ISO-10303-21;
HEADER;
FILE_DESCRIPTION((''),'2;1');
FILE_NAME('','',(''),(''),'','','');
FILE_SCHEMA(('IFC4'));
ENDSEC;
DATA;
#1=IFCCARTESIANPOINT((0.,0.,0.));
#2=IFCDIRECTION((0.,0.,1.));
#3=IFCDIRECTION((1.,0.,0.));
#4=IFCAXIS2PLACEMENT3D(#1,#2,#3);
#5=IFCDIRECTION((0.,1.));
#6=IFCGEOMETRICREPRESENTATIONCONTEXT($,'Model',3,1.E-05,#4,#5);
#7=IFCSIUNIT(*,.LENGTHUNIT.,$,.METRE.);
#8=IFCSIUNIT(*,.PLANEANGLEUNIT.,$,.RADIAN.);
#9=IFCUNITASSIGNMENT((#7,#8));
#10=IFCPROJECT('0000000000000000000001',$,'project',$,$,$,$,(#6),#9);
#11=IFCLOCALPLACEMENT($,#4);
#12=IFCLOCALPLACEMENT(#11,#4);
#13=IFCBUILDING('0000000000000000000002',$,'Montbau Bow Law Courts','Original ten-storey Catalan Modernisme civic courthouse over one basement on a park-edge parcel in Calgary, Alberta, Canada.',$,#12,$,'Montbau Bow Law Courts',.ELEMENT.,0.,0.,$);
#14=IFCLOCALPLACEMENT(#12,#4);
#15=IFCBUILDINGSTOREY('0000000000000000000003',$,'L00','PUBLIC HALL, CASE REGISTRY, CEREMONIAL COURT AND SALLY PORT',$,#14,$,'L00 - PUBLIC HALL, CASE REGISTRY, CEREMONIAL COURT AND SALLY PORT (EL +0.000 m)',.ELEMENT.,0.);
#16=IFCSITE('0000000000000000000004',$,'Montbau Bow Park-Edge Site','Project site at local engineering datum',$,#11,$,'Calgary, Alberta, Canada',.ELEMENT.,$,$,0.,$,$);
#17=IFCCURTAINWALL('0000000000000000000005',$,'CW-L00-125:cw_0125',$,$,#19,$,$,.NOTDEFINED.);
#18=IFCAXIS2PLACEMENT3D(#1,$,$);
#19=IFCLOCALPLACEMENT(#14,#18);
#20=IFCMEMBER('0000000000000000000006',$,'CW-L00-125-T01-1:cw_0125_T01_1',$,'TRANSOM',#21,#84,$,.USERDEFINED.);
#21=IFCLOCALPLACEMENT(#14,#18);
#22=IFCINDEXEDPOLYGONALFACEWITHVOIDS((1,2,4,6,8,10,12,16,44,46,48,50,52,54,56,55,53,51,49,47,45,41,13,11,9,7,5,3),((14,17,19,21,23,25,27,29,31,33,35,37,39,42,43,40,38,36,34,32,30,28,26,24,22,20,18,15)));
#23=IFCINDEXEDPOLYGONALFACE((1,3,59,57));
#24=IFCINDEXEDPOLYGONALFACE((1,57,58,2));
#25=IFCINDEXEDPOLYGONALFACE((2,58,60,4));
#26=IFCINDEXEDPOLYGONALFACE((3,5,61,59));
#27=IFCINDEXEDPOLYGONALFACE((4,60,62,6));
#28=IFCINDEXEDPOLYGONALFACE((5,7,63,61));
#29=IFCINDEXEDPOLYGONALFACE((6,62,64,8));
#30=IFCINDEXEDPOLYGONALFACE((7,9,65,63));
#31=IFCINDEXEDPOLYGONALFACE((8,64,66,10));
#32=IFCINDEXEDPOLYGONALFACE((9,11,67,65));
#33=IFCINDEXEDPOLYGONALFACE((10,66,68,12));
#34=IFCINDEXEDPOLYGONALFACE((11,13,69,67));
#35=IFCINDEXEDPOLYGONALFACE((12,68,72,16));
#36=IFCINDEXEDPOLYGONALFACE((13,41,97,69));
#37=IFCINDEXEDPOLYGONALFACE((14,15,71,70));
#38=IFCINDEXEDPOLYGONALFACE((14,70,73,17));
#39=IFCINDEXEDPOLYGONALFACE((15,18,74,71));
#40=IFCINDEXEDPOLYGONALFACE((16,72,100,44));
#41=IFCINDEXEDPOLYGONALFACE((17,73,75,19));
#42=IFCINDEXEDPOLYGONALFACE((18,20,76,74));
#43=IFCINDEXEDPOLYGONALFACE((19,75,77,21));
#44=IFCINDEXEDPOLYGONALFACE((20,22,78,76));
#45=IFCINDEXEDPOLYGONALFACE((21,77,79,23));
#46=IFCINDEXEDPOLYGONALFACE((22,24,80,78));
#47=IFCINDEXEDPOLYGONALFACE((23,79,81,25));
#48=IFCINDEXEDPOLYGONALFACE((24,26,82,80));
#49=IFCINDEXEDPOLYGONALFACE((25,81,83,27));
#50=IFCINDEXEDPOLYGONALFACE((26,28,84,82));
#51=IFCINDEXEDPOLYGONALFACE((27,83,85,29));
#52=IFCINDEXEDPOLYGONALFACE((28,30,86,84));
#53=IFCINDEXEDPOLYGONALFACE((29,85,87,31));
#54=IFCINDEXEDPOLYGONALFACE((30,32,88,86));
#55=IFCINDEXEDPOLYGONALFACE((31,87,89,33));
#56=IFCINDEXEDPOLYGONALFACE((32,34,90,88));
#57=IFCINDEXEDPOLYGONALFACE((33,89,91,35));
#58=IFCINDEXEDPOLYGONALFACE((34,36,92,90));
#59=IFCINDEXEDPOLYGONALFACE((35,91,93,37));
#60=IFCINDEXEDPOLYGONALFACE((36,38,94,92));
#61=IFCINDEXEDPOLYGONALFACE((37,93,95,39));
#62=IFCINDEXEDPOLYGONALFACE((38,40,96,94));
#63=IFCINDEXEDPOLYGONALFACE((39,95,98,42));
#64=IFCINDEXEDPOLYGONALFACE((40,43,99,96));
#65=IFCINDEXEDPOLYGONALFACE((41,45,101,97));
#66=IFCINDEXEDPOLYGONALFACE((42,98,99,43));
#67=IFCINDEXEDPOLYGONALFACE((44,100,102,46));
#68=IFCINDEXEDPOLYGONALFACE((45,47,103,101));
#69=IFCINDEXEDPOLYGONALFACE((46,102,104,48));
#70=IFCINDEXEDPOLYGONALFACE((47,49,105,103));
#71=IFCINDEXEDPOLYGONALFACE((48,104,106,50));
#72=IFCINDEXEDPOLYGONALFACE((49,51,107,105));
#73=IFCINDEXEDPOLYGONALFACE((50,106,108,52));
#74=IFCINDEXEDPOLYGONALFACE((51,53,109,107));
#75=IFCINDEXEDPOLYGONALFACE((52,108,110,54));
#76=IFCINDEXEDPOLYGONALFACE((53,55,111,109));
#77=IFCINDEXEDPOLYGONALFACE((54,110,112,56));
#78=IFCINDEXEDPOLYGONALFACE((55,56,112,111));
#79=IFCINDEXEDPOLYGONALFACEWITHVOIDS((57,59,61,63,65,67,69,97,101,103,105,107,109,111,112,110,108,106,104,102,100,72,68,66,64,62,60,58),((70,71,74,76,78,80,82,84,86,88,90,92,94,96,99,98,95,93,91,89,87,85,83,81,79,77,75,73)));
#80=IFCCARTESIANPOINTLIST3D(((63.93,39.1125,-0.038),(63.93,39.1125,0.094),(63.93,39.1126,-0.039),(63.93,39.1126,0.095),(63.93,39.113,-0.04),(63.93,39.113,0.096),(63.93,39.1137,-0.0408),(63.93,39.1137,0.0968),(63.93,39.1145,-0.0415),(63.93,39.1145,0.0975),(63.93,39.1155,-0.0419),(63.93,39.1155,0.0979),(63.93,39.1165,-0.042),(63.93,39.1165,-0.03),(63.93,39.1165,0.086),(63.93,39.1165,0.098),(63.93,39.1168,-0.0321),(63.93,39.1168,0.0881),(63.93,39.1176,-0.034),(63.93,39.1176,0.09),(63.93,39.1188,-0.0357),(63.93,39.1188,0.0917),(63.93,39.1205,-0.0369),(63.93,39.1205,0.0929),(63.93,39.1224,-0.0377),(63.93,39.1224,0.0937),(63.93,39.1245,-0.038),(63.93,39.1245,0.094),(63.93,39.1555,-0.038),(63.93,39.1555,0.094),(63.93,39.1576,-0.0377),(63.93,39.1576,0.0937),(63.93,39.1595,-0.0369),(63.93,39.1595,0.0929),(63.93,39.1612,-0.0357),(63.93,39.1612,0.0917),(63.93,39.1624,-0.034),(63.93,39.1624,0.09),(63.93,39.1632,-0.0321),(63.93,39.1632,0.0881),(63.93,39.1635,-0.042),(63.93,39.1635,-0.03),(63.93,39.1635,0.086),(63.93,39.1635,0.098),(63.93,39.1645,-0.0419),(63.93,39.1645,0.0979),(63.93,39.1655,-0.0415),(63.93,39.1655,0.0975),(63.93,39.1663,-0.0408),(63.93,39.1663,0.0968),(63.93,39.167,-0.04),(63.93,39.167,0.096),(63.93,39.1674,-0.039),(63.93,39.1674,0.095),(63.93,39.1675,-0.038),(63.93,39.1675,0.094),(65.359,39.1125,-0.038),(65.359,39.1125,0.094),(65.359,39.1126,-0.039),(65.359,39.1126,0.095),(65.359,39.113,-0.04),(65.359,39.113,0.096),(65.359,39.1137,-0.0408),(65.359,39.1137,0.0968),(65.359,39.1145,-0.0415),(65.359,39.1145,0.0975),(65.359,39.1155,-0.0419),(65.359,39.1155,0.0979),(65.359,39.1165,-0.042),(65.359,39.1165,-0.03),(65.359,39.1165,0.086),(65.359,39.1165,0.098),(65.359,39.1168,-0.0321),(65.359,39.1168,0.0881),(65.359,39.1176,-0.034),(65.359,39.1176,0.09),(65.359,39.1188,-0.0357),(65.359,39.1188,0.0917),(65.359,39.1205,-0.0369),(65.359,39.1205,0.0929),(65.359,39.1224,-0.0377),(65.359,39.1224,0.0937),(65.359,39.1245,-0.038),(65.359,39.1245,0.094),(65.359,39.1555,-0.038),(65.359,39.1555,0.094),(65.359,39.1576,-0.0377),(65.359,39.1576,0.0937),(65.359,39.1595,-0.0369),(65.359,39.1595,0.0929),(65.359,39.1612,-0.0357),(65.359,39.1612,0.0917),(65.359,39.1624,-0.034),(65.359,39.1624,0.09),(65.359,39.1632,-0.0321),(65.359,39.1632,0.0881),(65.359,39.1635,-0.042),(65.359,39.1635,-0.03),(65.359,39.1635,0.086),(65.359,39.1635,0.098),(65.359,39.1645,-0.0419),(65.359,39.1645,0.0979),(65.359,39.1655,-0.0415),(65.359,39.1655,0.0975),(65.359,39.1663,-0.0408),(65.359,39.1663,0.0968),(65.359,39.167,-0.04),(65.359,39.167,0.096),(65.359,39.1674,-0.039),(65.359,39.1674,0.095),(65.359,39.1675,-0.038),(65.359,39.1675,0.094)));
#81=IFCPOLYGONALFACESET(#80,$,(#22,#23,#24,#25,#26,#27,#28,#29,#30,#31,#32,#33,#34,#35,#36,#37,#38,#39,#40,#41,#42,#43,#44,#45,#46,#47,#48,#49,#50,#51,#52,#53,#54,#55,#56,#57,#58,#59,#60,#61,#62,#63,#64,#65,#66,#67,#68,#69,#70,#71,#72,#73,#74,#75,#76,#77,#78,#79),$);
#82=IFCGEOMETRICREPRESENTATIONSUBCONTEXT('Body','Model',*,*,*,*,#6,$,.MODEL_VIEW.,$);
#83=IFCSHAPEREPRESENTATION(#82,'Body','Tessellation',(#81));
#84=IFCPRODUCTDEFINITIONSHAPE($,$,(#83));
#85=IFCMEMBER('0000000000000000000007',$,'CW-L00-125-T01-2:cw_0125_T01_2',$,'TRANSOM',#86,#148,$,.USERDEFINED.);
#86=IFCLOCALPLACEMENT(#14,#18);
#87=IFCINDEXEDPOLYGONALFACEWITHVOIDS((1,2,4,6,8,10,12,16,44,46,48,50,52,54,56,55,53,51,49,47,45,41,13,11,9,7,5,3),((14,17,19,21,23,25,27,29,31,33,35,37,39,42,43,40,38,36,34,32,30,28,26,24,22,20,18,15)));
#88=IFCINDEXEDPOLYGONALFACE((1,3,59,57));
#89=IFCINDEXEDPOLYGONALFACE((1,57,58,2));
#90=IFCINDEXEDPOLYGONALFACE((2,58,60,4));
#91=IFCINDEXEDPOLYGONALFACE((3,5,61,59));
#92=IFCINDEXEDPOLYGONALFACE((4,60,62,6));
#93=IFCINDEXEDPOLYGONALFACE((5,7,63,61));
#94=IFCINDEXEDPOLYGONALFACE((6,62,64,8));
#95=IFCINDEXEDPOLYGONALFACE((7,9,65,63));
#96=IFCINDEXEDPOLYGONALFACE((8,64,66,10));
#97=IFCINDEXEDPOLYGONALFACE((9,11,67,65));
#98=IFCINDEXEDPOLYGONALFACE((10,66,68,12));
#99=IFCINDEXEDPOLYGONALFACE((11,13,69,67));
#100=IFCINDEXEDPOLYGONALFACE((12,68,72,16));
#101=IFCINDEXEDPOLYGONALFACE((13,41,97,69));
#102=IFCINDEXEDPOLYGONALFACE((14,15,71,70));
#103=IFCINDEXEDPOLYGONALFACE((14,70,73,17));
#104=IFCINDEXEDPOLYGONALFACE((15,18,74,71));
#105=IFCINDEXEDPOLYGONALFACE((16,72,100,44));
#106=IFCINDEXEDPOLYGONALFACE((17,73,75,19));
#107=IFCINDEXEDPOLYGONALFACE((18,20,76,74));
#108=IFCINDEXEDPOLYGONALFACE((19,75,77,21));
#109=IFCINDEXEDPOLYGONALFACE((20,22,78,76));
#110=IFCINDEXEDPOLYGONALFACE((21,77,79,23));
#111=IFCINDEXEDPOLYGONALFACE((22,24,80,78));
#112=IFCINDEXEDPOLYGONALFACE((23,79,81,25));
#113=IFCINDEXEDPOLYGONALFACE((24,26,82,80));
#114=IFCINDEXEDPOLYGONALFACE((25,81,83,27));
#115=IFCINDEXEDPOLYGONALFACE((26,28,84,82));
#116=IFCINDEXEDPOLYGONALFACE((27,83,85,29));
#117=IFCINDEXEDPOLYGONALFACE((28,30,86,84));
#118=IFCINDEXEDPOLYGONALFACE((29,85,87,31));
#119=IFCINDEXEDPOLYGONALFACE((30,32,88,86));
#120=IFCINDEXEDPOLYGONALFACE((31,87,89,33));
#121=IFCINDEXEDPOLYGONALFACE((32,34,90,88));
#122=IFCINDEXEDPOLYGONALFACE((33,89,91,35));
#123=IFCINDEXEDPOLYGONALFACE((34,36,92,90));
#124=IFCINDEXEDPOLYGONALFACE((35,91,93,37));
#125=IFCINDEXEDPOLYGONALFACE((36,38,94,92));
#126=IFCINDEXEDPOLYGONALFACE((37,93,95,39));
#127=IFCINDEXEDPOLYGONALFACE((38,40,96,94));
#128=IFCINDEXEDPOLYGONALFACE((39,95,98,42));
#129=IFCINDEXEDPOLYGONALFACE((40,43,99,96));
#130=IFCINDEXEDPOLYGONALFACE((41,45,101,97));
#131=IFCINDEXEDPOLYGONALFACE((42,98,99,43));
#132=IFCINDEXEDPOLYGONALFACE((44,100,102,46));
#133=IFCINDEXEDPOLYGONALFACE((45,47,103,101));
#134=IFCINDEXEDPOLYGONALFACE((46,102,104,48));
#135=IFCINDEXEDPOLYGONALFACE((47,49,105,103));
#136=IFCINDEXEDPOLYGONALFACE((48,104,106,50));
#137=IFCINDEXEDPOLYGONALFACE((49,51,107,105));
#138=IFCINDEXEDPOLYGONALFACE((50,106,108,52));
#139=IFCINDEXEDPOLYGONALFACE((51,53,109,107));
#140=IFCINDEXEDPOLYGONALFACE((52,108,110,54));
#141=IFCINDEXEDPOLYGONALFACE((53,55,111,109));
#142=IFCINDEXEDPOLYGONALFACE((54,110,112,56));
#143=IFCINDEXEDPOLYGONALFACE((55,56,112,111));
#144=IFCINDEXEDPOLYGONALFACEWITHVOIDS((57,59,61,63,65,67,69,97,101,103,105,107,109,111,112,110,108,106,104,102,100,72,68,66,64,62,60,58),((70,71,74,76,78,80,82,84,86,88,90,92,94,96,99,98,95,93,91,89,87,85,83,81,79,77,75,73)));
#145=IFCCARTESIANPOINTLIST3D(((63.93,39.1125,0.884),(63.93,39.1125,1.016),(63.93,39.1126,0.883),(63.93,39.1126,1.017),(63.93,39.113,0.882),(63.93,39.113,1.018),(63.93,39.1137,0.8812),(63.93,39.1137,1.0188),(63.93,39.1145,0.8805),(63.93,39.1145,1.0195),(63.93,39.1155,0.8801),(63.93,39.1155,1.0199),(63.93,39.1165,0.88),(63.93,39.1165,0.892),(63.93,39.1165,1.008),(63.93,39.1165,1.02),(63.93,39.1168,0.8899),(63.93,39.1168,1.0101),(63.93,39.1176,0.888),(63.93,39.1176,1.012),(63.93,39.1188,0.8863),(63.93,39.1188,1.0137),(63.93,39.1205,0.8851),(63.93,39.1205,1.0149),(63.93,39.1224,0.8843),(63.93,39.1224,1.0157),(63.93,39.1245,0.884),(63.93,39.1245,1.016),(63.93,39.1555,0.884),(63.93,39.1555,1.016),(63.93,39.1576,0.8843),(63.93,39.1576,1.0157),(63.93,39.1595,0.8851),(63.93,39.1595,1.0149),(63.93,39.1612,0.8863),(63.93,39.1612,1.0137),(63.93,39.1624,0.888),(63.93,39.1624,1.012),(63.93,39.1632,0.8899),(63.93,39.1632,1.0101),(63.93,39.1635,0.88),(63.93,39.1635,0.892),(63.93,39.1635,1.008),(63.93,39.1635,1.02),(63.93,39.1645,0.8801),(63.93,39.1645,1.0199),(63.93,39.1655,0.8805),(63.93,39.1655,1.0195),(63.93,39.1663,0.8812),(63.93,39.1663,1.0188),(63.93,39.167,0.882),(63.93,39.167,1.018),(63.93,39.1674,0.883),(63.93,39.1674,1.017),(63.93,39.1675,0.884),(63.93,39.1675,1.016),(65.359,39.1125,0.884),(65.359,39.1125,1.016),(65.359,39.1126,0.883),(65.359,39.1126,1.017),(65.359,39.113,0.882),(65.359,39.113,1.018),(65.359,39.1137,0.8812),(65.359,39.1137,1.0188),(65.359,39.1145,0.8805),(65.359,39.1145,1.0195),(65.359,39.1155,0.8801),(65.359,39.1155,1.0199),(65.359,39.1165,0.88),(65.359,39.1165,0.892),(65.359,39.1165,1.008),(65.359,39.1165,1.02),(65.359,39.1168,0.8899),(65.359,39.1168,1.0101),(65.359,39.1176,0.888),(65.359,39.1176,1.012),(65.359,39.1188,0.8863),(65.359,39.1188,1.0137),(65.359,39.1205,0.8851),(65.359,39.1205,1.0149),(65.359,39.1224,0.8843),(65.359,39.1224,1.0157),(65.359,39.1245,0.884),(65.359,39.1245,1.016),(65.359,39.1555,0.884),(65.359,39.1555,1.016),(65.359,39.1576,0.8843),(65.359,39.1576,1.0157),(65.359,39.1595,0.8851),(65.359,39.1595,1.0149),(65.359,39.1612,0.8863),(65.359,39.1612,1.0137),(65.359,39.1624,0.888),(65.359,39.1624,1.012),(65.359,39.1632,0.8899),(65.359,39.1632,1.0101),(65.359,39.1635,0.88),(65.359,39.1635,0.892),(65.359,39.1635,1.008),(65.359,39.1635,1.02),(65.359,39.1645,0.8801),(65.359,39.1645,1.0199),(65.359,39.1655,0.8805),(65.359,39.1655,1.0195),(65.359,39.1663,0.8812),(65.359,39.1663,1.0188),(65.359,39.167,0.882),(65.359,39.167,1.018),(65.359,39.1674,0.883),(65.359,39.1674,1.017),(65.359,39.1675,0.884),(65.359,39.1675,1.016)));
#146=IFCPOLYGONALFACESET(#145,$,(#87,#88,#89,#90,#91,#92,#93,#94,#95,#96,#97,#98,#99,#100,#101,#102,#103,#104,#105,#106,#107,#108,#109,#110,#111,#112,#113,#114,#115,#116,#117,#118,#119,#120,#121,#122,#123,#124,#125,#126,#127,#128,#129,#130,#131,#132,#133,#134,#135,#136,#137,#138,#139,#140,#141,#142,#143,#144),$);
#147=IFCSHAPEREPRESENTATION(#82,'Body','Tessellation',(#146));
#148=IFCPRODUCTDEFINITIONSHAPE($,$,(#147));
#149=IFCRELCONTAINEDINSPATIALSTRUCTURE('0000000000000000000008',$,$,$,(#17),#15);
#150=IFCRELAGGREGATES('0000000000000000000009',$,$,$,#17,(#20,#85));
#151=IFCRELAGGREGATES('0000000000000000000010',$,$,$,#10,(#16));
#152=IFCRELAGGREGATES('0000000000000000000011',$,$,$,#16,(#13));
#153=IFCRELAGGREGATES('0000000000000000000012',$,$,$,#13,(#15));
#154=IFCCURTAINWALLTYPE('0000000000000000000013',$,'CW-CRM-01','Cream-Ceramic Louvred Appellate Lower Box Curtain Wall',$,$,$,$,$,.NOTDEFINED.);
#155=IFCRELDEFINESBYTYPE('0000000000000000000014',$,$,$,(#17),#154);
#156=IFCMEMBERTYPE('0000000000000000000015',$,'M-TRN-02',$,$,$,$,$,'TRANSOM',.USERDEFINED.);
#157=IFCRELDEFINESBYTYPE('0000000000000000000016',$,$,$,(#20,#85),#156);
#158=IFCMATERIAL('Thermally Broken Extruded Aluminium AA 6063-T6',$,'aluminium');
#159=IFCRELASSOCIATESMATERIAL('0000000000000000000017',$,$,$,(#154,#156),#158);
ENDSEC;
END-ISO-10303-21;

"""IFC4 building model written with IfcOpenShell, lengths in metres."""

from ifc_helpers import new_model, si_unit, direction, frame, origin_with_axes, origin_2d_with_axis, place, context, subcontext, project, spatial, hollow_rectangle, extrude, material, material_profile, profile_set, type_object, element, aggregate, save


model = new_model("IFC4")

# Units and contexts
model_context = context("Model", 3, precision=1e-05, world=origin_with_axes(), true_north=direction((0.0, 1.0)))
body_context = subcontext(model_context, "Body", "Model", "MODEL_VIEW")
ifc_project = project(units=[si_unit("LENGTHUNIT", "METRE"), si_unit("PLANEANGLEUNIT", "RADIAN")], contexts=[model_context])

# Site, building, storey
site_placement = place(None, origin_with_axes())
site = spatial("IfcSite", under=ifc_project, at=site_placement, Name="Montbau Bow Park-Edge Site", Description="Project site at local engineering datum", LongName="Calgary, Alberta, Canada", CompositionType="ELEMENT", RefElevation=0.0)
building_placement = place(site_placement, origin_with_axes())
building = spatial("IfcBuilding", under=site, at=building_placement, Name="Montbau Bow Law Courts", Description="Original ten-storey Catalan Modernisme civic courthouse over one basement on a park-edge parcel in Calgary, Alberta, Canada.", LongName="Montbau Bow Law Courts", CompositionType="ELEMENT", ElevationOfRefHeight=0.0, ElevationOfTerrain=0.0)
storey_placement = place(building_placement, origin_with_axes())
storey = spatial("IfcBuildingStorey", under=building, at=storey_placement, Name="L00", Description="PUBLIC HALL, CASE REGISTRY, CEREMONIAL COURT AND SALLY PORT", LongName="L00 - PUBLIC HALL, CASE REGISTRY, CEREMONIAL COURT AND SALLY PORT (EL +0.000 m)", CompositionType="ELEMENT", Elevation=0.0)

# Shared definitions
ifc_material_1 = material(Name="Thermally Broken Extruded Aluminium AA 6063-T6", Category="aluminium")
curtain_wall_type = type_object("IfcCurtainWallType", Name="CW-CRM-01", Description="Cream-Ceramic Louvred Appellate Lower Box Curtain Wall", PredefinedType="NOTDEFINED", material=ifc_material_1)

# Curtain wall
curtain_wall_1_placement = place(None, frame((63.868, 39.14, 0.0), z_axis=(0.0, 0.0, 1.0), x_axis=(1.0, 0.0, 0.0)))
curtain_wall_1 = element("IfcCurtainWall", 1, at=curtain_wall_1_placement, inside=storey, type_object=curtain_wall_type, Name="CW-L00-125:cw_0125", PredefinedType="NOTDEFINED")

# Members
ifc_material_profile_1 = material_profile(ifc_material_1, hollow_rectangle(XDim=0.055, YDim=0.14, WallThickness=0.004, InnerFilletRadius=0.008, OuterFilletRadius=0.004, at=origin_2d_with_axis()), Name="CWT-140X55", Category="Main", Priority=0)
ifc_profile_set_1 = profile_set([ifc_material_profile_1], Name="Thermally Broken Extruded Aluminium AA 6063-T6")
member_type_1 = type_object("IfcMemberType", Name="M-TRN-02", ElementType="TRANSOM", PredefinedType="USERDEFINED", material=ifc_profile_set_1)
member_1_placement = place(None, frame((63.93, 39.14, 0.028), z_axis=(1.0, 0.0, 0.0), x_axis=(0.0, 1.0, 0.0)))
member_1 = element("IfcMember", 2, at=member_1_placement, type_object=member_type_1, Name="CW-L00-125-T01-1:cw_0125_T01_1", ObjectType="TRANSOM", PredefinedType="USERDEFINED", context=body_context, shape_type="SweptSolid", body=[
    extrude(hollow_rectangle(XDim=0.055, YDim=0.14, WallThickness=0.004, InnerFilletRadius=0.008, OuterFilletRadius=0.004, at=origin_2d_with_axis()), origin_with_axes(), (0.0, 0.0, 1.0), 1.429),
])
member_2_placement = place(None, frame((63.93, 39.14, 0.95), z_axis=(1.0, 0.0, 0.0), x_axis=(0.0, 1.0, 0.0)))
member_2 = element("IfcMember", 3, at=member_2_placement, type_object=member_type_1, Name="CW-L00-125-T01-2:cw_0125_T01_2", ObjectType="TRANSOM", PredefinedType="USERDEFINED", context=body_context, shape_type="SweptSolid", body=[
    extrude(hollow_rectangle(XDim=0.055, YDim=0.14, WallThickness=0.004, InnerFilletRadius=0.008, OuterFilletRadius=0.004, at=origin_2d_with_axis()), origin_with_axes(), (0.0, 0.0, 1.0), 1.429),
])

aggregate(curtain_wall_1, [member_1, member_2])

save(model, "model.ifc")
